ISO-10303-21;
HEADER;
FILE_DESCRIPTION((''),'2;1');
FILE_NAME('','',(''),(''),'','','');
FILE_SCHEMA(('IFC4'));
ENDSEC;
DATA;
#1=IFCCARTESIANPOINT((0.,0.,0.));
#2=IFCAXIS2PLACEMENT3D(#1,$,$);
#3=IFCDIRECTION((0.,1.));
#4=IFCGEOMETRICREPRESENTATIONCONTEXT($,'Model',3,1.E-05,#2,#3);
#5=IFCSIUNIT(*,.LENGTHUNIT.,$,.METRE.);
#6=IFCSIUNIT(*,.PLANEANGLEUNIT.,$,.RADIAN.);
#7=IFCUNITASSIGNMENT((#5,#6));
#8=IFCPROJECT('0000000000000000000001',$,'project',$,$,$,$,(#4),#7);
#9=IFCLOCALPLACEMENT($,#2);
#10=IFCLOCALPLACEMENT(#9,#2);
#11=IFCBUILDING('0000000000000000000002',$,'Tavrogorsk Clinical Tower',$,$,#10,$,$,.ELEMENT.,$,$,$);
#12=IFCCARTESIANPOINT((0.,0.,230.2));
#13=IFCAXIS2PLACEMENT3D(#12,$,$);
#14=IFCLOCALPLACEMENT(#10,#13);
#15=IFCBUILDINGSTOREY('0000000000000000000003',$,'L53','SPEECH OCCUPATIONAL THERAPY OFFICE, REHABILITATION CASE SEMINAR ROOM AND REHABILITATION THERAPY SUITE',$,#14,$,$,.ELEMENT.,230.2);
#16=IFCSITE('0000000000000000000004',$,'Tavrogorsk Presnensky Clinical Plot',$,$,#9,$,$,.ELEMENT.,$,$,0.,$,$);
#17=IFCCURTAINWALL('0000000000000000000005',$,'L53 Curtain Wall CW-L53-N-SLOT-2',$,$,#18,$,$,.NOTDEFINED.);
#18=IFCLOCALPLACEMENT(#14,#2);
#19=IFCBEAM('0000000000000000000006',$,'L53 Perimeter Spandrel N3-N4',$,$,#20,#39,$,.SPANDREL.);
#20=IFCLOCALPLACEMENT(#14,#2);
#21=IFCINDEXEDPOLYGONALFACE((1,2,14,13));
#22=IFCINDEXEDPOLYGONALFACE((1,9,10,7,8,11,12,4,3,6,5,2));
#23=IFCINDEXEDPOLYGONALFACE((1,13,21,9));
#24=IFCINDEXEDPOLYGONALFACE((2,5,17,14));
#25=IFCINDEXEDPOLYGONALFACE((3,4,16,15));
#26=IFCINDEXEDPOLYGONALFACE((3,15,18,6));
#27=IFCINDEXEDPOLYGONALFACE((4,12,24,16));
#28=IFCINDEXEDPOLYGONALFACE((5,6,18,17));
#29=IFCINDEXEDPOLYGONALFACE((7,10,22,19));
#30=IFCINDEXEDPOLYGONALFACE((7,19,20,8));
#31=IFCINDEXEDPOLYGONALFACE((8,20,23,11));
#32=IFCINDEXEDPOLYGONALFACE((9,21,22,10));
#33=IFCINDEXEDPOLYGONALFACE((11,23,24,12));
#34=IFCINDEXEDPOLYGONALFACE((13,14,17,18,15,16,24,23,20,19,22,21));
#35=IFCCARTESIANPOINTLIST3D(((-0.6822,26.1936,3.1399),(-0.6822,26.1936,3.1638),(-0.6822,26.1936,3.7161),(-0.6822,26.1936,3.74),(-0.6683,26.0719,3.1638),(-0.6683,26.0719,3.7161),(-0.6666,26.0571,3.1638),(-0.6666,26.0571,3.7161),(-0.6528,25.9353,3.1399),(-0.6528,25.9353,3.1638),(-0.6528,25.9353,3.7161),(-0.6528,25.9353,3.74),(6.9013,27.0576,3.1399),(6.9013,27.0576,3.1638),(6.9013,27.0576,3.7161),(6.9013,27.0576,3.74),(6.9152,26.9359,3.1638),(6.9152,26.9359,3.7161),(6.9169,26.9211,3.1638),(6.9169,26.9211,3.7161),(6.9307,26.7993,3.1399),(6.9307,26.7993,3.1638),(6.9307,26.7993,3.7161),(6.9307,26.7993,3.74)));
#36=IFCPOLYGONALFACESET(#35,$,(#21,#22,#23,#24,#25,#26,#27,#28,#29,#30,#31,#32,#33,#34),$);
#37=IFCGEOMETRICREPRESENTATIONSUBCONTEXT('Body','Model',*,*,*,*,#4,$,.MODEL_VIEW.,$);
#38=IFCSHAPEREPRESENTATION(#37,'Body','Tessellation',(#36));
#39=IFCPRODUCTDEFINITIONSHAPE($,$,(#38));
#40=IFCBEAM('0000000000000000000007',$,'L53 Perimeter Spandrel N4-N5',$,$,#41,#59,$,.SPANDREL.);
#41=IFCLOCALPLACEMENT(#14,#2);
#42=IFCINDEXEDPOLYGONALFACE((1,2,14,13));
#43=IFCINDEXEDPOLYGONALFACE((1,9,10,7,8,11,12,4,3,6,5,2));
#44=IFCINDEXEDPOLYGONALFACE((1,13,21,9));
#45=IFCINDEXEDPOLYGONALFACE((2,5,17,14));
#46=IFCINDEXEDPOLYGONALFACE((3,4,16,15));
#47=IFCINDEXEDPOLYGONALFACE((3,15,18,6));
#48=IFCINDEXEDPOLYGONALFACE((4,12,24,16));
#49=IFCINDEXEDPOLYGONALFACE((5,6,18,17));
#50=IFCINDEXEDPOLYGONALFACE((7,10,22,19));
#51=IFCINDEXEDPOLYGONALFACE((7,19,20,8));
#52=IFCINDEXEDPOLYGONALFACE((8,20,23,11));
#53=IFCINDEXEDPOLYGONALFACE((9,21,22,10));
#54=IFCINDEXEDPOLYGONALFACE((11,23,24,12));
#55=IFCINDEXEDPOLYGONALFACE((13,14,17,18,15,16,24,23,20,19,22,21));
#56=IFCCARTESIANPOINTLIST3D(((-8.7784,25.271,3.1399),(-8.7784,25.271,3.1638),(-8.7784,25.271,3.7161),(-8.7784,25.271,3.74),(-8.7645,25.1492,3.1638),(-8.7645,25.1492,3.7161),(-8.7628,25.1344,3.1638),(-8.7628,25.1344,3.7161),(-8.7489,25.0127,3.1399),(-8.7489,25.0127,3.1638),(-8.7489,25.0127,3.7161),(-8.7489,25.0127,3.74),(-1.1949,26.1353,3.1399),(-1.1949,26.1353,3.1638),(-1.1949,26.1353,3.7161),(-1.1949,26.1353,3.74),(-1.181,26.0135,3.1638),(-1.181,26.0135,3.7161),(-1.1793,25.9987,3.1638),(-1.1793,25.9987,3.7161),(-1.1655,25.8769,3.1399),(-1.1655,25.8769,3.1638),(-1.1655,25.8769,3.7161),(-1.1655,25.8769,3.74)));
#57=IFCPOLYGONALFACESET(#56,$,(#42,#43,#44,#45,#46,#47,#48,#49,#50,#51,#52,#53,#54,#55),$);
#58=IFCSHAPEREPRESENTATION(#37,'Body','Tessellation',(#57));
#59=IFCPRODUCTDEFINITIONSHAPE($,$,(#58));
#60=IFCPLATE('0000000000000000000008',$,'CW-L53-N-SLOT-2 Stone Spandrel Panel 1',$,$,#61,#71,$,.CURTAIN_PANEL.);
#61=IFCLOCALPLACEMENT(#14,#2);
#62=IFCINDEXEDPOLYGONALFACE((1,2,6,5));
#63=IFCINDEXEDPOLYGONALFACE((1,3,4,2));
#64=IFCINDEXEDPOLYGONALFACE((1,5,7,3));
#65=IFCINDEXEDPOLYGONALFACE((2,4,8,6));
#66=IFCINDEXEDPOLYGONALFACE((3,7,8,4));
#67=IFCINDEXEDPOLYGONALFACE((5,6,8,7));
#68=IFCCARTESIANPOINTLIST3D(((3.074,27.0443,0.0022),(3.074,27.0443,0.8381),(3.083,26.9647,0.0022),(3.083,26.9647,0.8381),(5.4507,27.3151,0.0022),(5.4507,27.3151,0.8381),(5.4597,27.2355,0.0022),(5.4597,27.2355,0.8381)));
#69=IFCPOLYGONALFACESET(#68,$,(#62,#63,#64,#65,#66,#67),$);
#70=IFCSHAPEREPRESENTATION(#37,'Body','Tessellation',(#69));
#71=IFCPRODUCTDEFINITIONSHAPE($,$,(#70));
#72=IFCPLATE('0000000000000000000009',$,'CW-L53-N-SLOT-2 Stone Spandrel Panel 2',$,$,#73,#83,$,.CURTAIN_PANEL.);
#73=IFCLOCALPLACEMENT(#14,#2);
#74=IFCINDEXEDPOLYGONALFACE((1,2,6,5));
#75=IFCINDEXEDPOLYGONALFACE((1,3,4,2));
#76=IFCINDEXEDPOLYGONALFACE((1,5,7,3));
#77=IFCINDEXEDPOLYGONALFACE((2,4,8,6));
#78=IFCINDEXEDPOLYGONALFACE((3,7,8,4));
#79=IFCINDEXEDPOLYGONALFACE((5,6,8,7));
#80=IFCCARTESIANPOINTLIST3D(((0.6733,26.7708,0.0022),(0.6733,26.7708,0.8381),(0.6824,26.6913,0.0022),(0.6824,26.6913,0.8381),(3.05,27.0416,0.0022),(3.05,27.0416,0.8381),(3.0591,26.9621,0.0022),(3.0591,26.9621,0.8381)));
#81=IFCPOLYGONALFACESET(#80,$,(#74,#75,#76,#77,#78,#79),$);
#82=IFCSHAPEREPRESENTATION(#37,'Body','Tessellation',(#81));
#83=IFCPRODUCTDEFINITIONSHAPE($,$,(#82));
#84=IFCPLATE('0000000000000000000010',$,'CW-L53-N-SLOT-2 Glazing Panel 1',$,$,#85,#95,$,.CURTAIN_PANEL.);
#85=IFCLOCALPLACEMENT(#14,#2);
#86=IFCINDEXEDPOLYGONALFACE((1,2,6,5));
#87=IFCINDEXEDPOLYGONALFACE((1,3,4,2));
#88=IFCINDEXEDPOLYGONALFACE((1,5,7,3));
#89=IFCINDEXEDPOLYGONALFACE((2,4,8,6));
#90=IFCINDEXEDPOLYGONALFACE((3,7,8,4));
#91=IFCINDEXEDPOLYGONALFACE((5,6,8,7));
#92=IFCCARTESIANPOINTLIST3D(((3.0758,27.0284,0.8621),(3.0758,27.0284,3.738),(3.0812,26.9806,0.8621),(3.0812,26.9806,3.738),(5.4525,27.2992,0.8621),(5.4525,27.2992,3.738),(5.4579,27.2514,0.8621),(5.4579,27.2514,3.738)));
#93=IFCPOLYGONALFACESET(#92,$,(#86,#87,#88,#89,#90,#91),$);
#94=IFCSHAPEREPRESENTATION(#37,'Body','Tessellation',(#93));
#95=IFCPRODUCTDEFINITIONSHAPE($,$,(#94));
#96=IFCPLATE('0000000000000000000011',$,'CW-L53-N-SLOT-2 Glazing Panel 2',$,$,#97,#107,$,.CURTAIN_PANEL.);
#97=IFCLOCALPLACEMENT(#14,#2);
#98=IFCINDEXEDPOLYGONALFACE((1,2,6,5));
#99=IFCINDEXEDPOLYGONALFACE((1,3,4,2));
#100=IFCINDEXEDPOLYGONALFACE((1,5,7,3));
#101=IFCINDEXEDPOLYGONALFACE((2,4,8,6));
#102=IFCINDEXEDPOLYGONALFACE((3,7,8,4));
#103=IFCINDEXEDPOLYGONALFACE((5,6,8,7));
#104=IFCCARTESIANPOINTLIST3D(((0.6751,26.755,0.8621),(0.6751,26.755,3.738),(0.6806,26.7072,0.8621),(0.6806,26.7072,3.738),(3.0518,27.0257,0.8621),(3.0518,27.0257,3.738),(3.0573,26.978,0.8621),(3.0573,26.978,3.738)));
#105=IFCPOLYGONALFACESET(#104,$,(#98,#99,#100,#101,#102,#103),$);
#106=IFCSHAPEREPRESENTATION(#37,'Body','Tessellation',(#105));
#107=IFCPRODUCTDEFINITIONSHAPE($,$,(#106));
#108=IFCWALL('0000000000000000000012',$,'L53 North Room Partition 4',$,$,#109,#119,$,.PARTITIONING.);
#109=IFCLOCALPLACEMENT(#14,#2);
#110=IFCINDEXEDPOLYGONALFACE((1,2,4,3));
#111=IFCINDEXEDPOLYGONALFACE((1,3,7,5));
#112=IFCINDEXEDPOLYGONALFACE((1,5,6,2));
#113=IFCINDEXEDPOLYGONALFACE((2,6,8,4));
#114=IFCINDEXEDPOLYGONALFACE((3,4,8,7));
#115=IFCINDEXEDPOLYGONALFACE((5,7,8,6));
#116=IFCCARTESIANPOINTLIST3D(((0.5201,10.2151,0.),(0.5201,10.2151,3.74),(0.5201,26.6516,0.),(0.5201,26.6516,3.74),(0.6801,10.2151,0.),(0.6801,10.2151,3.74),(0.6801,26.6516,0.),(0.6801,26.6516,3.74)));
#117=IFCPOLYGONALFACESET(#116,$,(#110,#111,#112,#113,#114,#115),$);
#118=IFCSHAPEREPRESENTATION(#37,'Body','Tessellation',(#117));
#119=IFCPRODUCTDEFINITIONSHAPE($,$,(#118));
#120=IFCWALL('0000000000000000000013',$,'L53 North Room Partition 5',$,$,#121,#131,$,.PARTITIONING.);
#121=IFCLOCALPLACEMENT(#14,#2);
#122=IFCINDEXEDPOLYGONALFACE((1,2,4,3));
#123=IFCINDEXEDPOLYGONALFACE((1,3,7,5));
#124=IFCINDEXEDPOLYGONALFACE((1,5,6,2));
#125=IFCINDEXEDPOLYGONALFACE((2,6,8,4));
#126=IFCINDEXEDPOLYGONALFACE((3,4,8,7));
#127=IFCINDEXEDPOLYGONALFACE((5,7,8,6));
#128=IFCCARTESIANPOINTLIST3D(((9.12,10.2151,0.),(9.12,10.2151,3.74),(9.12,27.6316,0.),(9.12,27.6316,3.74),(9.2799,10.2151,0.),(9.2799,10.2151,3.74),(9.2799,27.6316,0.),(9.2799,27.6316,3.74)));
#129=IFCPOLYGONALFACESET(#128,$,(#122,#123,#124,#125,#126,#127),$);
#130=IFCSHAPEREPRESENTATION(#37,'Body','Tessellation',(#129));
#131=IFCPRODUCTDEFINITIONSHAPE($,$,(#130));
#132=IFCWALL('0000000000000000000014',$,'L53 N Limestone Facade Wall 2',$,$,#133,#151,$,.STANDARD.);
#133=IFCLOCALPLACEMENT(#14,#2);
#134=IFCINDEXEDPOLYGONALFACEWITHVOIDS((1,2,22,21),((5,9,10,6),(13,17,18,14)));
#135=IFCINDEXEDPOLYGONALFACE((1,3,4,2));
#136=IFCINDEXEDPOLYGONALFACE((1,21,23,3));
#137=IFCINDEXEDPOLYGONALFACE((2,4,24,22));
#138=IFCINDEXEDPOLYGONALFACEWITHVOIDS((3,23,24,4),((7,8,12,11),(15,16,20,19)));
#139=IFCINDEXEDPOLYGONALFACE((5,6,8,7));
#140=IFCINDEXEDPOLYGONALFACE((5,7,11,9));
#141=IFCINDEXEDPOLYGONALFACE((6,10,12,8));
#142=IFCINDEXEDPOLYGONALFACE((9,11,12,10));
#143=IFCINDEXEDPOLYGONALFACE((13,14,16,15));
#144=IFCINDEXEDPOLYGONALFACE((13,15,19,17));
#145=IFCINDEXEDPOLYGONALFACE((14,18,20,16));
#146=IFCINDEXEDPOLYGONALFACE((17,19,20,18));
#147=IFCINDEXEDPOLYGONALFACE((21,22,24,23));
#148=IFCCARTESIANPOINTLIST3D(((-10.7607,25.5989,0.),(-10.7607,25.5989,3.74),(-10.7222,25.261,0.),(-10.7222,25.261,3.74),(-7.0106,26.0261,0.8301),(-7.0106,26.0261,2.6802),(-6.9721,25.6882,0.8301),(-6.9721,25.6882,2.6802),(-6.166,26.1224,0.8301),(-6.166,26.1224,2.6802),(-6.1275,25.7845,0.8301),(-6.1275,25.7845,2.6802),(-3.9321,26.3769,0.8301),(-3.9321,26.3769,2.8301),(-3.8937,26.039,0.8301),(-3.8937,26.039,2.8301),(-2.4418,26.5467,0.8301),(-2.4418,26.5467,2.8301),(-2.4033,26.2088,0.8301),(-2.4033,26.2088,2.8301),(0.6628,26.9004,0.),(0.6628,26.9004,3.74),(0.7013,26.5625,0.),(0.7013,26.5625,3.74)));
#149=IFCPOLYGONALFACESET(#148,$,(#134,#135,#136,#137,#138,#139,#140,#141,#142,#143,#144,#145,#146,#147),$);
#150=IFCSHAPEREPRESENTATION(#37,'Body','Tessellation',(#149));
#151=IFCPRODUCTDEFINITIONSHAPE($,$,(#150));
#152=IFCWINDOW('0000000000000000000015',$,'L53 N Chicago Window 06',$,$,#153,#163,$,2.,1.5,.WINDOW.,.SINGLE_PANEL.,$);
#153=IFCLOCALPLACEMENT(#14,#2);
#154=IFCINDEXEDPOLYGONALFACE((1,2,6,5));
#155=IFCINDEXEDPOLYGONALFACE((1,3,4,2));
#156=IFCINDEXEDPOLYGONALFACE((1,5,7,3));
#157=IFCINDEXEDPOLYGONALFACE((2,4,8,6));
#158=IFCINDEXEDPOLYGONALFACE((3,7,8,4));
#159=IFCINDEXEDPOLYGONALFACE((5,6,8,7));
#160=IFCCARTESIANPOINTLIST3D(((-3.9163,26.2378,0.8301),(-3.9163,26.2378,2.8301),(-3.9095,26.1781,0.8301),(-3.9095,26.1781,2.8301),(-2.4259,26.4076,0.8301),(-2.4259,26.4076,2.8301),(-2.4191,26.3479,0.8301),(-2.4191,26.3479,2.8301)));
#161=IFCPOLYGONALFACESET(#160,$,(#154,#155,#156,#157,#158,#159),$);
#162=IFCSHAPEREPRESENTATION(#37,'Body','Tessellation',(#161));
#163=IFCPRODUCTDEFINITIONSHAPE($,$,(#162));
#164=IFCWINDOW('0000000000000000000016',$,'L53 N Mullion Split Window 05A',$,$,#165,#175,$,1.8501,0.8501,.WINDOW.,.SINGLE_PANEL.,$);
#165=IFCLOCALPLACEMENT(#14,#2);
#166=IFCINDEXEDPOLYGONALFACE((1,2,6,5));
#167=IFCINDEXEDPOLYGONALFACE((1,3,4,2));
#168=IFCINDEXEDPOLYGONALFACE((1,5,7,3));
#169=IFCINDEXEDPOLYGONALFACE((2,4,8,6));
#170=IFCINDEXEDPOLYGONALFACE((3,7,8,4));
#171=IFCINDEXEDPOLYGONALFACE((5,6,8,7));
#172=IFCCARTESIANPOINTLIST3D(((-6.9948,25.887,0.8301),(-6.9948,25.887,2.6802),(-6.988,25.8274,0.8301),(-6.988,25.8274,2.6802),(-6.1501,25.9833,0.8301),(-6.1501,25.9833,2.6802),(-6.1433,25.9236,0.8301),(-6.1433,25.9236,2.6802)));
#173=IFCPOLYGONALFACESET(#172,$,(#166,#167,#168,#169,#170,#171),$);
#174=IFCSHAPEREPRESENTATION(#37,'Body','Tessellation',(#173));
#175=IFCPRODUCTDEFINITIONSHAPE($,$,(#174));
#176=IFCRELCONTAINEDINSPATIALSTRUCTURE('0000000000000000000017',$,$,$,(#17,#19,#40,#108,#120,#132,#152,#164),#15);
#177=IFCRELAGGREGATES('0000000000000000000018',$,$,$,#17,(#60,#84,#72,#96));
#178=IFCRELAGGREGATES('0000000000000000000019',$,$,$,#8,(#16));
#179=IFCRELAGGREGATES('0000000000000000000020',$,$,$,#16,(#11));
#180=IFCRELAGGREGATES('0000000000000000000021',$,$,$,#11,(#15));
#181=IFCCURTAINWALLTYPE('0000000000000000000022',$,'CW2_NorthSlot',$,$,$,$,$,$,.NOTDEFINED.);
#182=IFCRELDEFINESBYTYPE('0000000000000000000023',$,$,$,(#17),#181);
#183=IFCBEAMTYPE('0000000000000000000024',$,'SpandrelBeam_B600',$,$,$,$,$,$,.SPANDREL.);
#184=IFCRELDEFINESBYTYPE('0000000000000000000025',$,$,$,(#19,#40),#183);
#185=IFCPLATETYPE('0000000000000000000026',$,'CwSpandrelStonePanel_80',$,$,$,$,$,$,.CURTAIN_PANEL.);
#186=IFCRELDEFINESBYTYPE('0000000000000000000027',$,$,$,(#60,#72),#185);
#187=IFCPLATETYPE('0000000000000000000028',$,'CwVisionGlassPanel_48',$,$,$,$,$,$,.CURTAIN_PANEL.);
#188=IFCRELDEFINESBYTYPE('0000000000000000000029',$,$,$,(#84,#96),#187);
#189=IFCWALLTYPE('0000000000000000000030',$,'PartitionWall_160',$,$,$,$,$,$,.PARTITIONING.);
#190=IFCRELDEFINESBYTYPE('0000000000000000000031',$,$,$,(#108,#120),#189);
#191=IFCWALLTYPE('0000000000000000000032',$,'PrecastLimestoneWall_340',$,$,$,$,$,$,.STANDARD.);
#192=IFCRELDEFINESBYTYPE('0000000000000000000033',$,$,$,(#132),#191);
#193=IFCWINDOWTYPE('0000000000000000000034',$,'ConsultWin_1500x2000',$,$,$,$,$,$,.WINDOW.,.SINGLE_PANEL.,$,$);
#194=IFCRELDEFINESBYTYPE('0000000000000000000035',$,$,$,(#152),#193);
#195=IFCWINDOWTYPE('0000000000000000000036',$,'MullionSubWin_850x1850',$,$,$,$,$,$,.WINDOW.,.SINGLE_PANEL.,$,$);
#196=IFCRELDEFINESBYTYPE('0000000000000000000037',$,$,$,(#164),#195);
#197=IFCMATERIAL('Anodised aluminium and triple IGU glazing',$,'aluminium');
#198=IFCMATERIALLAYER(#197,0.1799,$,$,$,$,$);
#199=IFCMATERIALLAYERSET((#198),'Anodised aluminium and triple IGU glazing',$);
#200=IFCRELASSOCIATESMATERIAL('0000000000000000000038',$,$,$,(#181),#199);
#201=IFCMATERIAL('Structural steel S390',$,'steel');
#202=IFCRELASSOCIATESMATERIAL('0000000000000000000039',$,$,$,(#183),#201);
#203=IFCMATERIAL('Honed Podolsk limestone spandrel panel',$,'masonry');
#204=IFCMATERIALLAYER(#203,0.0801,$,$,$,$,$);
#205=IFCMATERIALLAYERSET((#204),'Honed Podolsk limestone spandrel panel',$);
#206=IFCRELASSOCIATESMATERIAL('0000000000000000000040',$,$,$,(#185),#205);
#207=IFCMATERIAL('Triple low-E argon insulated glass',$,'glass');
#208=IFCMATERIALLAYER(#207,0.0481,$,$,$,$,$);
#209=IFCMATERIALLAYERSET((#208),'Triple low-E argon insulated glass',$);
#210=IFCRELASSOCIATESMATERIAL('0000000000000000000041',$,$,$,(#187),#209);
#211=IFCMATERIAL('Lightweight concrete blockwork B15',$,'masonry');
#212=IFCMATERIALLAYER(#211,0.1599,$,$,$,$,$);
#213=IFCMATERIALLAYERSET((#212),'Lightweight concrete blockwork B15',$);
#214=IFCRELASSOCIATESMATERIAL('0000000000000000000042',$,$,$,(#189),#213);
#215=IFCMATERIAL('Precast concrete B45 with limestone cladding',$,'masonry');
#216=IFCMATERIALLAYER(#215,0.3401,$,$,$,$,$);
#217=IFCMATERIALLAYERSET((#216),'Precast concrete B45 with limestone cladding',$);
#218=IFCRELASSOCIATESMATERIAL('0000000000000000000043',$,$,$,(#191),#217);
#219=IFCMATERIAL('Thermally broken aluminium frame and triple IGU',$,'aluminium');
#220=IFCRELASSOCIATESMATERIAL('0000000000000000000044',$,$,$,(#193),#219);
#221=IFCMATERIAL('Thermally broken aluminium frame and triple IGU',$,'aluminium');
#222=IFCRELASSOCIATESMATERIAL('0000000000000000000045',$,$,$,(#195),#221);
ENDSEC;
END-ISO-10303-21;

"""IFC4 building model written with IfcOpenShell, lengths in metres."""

from ifc_helpers import new_model, si_unit, direction, frame, frame_2d, origin, origin_2d, place, context, subcontext, project, spatial, rectangle, i_section, extrude, material, layer, layer_set, material_profile, profile_set, type_object, element, fill, aggregate, save


model = new_model("IFC4")

# Units and contexts
model_context = context("Model", 3, precision=1e-05, world=origin(), true_north=direction((0.0, 1.0)))
body_context = subcontext(model_context, "Body", "Model", "MODEL_VIEW")
ifc_project = project(units=[si_unit("LENGTHUNIT", "METRE"), si_unit("PLANEANGLEUNIT", "RADIAN")], contexts=[model_context])

# Site, building, storey
site_placement = place(None, origin())
site = spatial("IfcSite", under=ifc_project, at=site_placement, Name="Tavrogorsk Presnensky Clinical Plot", CompositionType="ELEMENT", RefElevation=0.0)
building_placement = place(site_placement, origin())
building = spatial("IfcBuilding", under=site, at=building_placement, Name="Tavrogorsk Clinical Tower", CompositionType="ELEMENT")
storey_placement = place(building_placement, frame((0.0, 0.0, 230.2)))
storey = spatial("IfcBuildingStorey", under=building, at=storey_placement, Name="L53", Description="SPEECH OCCUPATIONAL THERAPY OFFICE, REHABILITATION CASE SEMINAR ROOM AND REHABILITATION THERAPY SUITE", CompositionType="ELEMENT", Elevation=230.2)

# Curtain wall
ifc_material_1 = material(Name="Anodised aluminium and triple IGU glazing", Category="aluminium")
ifc_layer_1 = layer(ifc_material_1, 0.1799)
ifc_layer_set_1 = layer_set([ifc_layer_1], Name="Anodised aluminium and triple IGU glazing")
curtain_wall_type = type_object("IfcCurtainWallType", Name="CW2_NorthSlot", PredefinedType="NOTDEFINED", material=ifc_layer_set_1)
curtain_wall_placement = place(storey_placement, origin())
curtain_wall = element("IfcCurtainWall", 1, at=curtain_wall_placement, inside=storey, type_object=curtain_wall_type, Name="L53 Curtain Wall CW-L53-N-SLOT-2", PredefinedType="NOTDEFINED")

# Beams
ifc_material_2 = material(Name="Structural steel S390", Category="steel")
ifc_material_profile_1 = material_profile(ifc_material_2, i_section(OverallWidth=0.26, OverallDepth=0.6001, WebThickness=0.0149, FlangeThickness=0.0239, at=origin_2d()), Name="B-600x260x15x24")
ifc_profile_set_1 = profile_set([ifc_material_profile_1], Name="Structural steel S390")
beam_type = type_object("IfcBeamType", Name="SpandrelBeam_B600", PredefinedType="SPANDREL", material=ifc_profile_set_1)
for number, where, z_axis, x_axis, name in (
    (2, (6.916, 26.9285, 3.4399), (-0.993572, -0.113201, 0.0), (0.113201, -0.993572, 0.0), "L53 Perimeter Spandrel N3-N4"),
    (3, (-1.1802, 26.0061, 3.4399), (-0.993569, -0.113233, 0.0), (0.113233, -0.993569, 0.0), "L53 Perimeter Spandrel N4-N5"),
):
    element("IfcBeam", number, at=place(storey_placement, frame(where, z_axis=z_axis, x_axis=x_axis)), inside=storey, type_object=beam_type, Name=name, PredefinedType="SPANDREL", context=body_context, shape_type="SweptSolid", body=[
        extrude(i_section(OverallWidth=0.26, OverallDepth=0.6001, WebThickness=0.0149, FlangeThickness=0.0239, at=origin_2d()), origin(), (0.0, 0.0, 1.0), 7.6326),
    ])

# Plates
ifc_material_3 = material(Name="Honed Podolsk limestone spandrel panel", Category="masonry")
ifc_layer_2 = layer(ifc_material_3, 0.0801)
ifc_layer_set_2 = layer_set([ifc_layer_2], Name="Honed Podolsk limestone spandrel panel")
plate_type_1 = type_object("IfcPlateType", Name="CwSpandrelStonePanel_80", PredefinedType="CURTAIN_PANEL", material=ifc_layer_set_2)
plate_1_placement = place(storey_placement, frame((4.2668, 27.1399, 0.0022), z_axis=(0.0, 0.0, 1.0), x_axis=(-0.993572, -0.113203, 0.0)))
plate_1 = element("IfcPlate", 4, at=plate_1_placement, type_object=plate_type_1, Name="CW-L53-N-SLOT-2 Stone Spandrel Panel 1", PredefinedType="CURTAIN_PANEL", context=body_context, shape_type="SweptSolid", body=[
    extrude(rectangle(XDim=2.3921, YDim=0.0801, at=origin_2d()), origin(), (0.0, 0.0, 1.0), 0.8359),
])
plate_2_placement = place(storey_placement, frame((1.8662, 26.8665, 0.0022), z_axis=(0.0, 0.0, 1.0), x_axis=(-0.993572, -0.113203, 0.0)))
plate_2 = element("IfcPlate", 5, at=plate_2_placement, type_object=plate_type_1, Name="CW-L53-N-SLOT-2 Stone Spandrel Panel 2", PredefinedType="CURTAIN_PANEL", context=body_context, shape_type="SweptSolid", body=[
    extrude(rectangle(XDim=2.3921, YDim=0.0801, at=origin_2d()), origin(), (0.0, 0.0, 1.0), 0.8359),
])
ifc_material_4 = material(Name="Triple low-E argon insulated glass", Category="glass")
ifc_layer_3 = layer(ifc_material_4, 0.0481)
ifc_layer_set_3 = layer_set([ifc_layer_3], Name="Triple low-E argon insulated glass")
plate_type_2 = type_object("IfcPlateType", Name="CwVisionGlassPanel_48", PredefinedType="CURTAIN_PANEL", material=ifc_layer_set_3)
plate_3_placement = place(storey_placement, frame((4.2668, 27.1399, 0.8621), z_axis=(0.0, 0.0, 1.0), x_axis=(-0.993572, -0.113203, 0.0)))
plate_3 = element("IfcPlate", 6, at=plate_3_placement, type_object=plate_type_2, Name="CW-L53-N-SLOT-2 Glazing Panel 1", PredefinedType="CURTAIN_PANEL", context=body_context, shape_type="SweptSolid", body=[
    extrude(rectangle(XDim=2.3921, YDim=0.0481, at=origin_2d()), origin(), (0.0, 0.0, 1.0), 2.876),
])
plate_4_placement = place(storey_placement, frame((1.8662, 26.8665, 0.8621), z_axis=(0.0, 0.0, 1.0), x_axis=(-0.993572, -0.113203, 0.0)))
plate_4 = element("IfcPlate", 7, at=plate_4_placement, type_object=plate_type_2, Name="CW-L53-N-SLOT-2 Glazing Panel 2", PredefinedType="CURTAIN_PANEL", context=body_context, shape_type="SweptSolid", body=[
    extrude(rectangle(XDim=2.3921, YDim=0.0481, at=origin_2d()), origin(), (0.0, 0.0, 1.0), 2.876),
])
aggregate(curtain_wall, [plate_1, plate_3, plate_2, plate_4])

# Walls
ifc_material_5 = material(Name="Lightweight concrete blockwork B15", Category="masonry")
ifc_layer_4 = layer(ifc_material_5, 0.1599)
ifc_layer_set_4 = layer_set([ifc_layer_4], Name="Lightweight concrete blockwork B15")
wall_type_1 = type_object("IfcWallType", Name="PartitionWall_160", PredefinedType="PARTITIONING", material=ifc_layer_set_4)
wall_1_placement = place(storey_placement, frame((0.6001, 10.2151, 0.0), z_axis=(0.0, 0.0, 1.0), x_axis=(0.0, 1.0, 0.0)))
element("IfcWall", 8, at=wall_1_placement, inside=storey, type_object=wall_type_1, Name="L53 North Room Partition 4", PredefinedType="PARTITIONING", context=body_context, shape_type="SweptSolid", body=[
    extrude(rectangle(XDim=16.4365, YDim=0.1599, at=frame_2d((8.2183, 0.0))), origin(), (0.0, 0.0, 1.0), 3.74),
])
wall_2_placement = place(storey_placement, frame((9.2, 10.2151, 0.0), z_axis=(0.0, 0.0, 1.0), x_axis=(0.0, 1.0, 0.0)))
element("IfcWall", 9, at=wall_2_placement, inside=storey, type_object=wall_type_1, Name="L53 North Room Partition 5", PredefinedType="PARTITIONING", context=body_context, shape_type="SweptSolid", body=[
    extrude(rectangle(XDim=17.4165, YDim=0.1599, at=frame_2d((8.7083, 0.0))), origin(), (0.0, 0.0, 1.0), 3.74),
])

# Wall, openings, windows
ifc_material_6 = material(Name="Precast concrete B45 with limestone cladding", Category="masonry")
ifc_layer_5 = layer(ifc_material_6, 0.3401)
ifc_layer_set_5 = layer_set([ifc_layer_5], Name="Precast concrete B45 with limestone cladding")
wall_type_2 = type_object("IfcWallType", Name="PrecastLimestoneWall_340", PredefinedType="STANDARD", material=ifc_layer_set_5)
wall_3_placement = place(storey_placement, frame((0.6819, 26.7314, 0.0), z_axis=(0.0, 0.0, 1.0), x_axis=(-0.993572, -0.113202, 0.0)))
wall_3 = element("IfcWall", 10, at=wall_3_placement, inside=storey, type_object=wall_type_2, Name="L53 N Limestone Facade Wall 2", PredefinedType="STANDARD", context=body_context, shape_type="SweptSolid", body=[
    extrude(rectangle(XDim=11.4973, YDim=0.3401, at=frame_2d((5.7485, 0.0))), origin(), (0.0, 0.0, 1.0), 3.74),
])
opening_1_placement = place(wall_3_placement, frame((6.8728, 0.0, 0.8301)))
opening_1 = element("IfcOpeningElement", 11, at=opening_1_placement, cuts=wall_3, PredefinedType="OPENING", context=body_context, shape_type="SweptSolid", body=[
    extrude(rectangle(XDim=0.8501, YDim=1.8501, at=frame_2d((0.425, 0.925))), frame((0.0, 0.1799, 0.0), z_axis=(0.0, -1.0, 0.0), x_axis=(1.0, 0.0, 0.0)), (0.0, 0.0, 1.0), 0.3601),
])
opening_2_placement = place(wall_3_placement, frame((3.1245, 0.0, 0.8301)))
opening_2 = element("IfcOpeningElement", 12, at=opening_2_placement, cuts=wall_3, PredefinedType="OPENING", context=body_context, shape_type="SweptSolid", body=[
    extrude(rectangle(XDim=1.5, YDim=2.0, at=frame_2d((0.75, 1.0))), frame((0.0, 0.1799, 0.0), z_axis=(0.0, -1.0, 0.0), x_axis=(1.0, 0.0, 0.0)), (0.0, 0.0, 1.0), 0.3601),
])
ifc_material_7 = material(Name="Thermally broken aluminium frame and triple IGU", Category="aluminium")
window_type_1 = type_object("IfcWindowType", Name="ConsultWin_1500x2000", PartitioningType="SINGLE_PANEL", PredefinedType="WINDOW", material=ifc_material_7)
window_1_placement = place(opening_2_placement, origin())
window_1 = element("IfcWindow", 13, at=window_1_placement, inside=storey, type_object=window_type_1, Name="L53 N Chicago Window 06", OverallHeight=2.0, OverallWidth=1.5, PartitioningType="SINGLE_PANEL", PredefinedType="WINDOW", context=body_context, shape_type="SweptSolid", body=[
    extrude(rectangle(XDim=1.5, YDim=2.0, at=frame_2d((0.75, 1.0))), frame((0.0, 0.03, 0.0), z_axis=(0.0, -1.0, 0.0), x_axis=(1.0, 0.0, 0.0)), (0.0, 0.0, 1.0), 0.0601),
])
fill(opening_2, window_1)
ifc_material_8 = material(Name="Thermally broken aluminium frame and triple IGU", Category="aluminium")
window_type_2 = type_object("IfcWindowType", Name="MullionSubWin_850x1850", PartitioningType="SINGLE_PANEL", PredefinedType="WINDOW", material=ifc_material_8)
window_2_placement = place(opening_1_placement, origin())
window_2 = element("IfcWindow", 14, at=window_2_placement, inside=storey, type_object=window_type_2, Name="L53 N Mullion Split Window 05A", OverallHeight=1.8501, OverallWidth=0.8501, PartitioningType="SINGLE_PANEL", PredefinedType="WINDOW", context=body_context, shape_type="SweptSolid", body=[
    extrude(rectangle(XDim=0.8501, YDim=1.8501, at=frame_2d((0.425, 0.925))), frame((0.0, 0.03, 0.0), z_axis=(0.0, -1.0, 0.0), x_axis=(1.0, 0.0, 0.0)), (0.0, 0.0, 1.0), 0.0601),
])
fill(opening_1, window_2)

save(model, "model.ifc")
